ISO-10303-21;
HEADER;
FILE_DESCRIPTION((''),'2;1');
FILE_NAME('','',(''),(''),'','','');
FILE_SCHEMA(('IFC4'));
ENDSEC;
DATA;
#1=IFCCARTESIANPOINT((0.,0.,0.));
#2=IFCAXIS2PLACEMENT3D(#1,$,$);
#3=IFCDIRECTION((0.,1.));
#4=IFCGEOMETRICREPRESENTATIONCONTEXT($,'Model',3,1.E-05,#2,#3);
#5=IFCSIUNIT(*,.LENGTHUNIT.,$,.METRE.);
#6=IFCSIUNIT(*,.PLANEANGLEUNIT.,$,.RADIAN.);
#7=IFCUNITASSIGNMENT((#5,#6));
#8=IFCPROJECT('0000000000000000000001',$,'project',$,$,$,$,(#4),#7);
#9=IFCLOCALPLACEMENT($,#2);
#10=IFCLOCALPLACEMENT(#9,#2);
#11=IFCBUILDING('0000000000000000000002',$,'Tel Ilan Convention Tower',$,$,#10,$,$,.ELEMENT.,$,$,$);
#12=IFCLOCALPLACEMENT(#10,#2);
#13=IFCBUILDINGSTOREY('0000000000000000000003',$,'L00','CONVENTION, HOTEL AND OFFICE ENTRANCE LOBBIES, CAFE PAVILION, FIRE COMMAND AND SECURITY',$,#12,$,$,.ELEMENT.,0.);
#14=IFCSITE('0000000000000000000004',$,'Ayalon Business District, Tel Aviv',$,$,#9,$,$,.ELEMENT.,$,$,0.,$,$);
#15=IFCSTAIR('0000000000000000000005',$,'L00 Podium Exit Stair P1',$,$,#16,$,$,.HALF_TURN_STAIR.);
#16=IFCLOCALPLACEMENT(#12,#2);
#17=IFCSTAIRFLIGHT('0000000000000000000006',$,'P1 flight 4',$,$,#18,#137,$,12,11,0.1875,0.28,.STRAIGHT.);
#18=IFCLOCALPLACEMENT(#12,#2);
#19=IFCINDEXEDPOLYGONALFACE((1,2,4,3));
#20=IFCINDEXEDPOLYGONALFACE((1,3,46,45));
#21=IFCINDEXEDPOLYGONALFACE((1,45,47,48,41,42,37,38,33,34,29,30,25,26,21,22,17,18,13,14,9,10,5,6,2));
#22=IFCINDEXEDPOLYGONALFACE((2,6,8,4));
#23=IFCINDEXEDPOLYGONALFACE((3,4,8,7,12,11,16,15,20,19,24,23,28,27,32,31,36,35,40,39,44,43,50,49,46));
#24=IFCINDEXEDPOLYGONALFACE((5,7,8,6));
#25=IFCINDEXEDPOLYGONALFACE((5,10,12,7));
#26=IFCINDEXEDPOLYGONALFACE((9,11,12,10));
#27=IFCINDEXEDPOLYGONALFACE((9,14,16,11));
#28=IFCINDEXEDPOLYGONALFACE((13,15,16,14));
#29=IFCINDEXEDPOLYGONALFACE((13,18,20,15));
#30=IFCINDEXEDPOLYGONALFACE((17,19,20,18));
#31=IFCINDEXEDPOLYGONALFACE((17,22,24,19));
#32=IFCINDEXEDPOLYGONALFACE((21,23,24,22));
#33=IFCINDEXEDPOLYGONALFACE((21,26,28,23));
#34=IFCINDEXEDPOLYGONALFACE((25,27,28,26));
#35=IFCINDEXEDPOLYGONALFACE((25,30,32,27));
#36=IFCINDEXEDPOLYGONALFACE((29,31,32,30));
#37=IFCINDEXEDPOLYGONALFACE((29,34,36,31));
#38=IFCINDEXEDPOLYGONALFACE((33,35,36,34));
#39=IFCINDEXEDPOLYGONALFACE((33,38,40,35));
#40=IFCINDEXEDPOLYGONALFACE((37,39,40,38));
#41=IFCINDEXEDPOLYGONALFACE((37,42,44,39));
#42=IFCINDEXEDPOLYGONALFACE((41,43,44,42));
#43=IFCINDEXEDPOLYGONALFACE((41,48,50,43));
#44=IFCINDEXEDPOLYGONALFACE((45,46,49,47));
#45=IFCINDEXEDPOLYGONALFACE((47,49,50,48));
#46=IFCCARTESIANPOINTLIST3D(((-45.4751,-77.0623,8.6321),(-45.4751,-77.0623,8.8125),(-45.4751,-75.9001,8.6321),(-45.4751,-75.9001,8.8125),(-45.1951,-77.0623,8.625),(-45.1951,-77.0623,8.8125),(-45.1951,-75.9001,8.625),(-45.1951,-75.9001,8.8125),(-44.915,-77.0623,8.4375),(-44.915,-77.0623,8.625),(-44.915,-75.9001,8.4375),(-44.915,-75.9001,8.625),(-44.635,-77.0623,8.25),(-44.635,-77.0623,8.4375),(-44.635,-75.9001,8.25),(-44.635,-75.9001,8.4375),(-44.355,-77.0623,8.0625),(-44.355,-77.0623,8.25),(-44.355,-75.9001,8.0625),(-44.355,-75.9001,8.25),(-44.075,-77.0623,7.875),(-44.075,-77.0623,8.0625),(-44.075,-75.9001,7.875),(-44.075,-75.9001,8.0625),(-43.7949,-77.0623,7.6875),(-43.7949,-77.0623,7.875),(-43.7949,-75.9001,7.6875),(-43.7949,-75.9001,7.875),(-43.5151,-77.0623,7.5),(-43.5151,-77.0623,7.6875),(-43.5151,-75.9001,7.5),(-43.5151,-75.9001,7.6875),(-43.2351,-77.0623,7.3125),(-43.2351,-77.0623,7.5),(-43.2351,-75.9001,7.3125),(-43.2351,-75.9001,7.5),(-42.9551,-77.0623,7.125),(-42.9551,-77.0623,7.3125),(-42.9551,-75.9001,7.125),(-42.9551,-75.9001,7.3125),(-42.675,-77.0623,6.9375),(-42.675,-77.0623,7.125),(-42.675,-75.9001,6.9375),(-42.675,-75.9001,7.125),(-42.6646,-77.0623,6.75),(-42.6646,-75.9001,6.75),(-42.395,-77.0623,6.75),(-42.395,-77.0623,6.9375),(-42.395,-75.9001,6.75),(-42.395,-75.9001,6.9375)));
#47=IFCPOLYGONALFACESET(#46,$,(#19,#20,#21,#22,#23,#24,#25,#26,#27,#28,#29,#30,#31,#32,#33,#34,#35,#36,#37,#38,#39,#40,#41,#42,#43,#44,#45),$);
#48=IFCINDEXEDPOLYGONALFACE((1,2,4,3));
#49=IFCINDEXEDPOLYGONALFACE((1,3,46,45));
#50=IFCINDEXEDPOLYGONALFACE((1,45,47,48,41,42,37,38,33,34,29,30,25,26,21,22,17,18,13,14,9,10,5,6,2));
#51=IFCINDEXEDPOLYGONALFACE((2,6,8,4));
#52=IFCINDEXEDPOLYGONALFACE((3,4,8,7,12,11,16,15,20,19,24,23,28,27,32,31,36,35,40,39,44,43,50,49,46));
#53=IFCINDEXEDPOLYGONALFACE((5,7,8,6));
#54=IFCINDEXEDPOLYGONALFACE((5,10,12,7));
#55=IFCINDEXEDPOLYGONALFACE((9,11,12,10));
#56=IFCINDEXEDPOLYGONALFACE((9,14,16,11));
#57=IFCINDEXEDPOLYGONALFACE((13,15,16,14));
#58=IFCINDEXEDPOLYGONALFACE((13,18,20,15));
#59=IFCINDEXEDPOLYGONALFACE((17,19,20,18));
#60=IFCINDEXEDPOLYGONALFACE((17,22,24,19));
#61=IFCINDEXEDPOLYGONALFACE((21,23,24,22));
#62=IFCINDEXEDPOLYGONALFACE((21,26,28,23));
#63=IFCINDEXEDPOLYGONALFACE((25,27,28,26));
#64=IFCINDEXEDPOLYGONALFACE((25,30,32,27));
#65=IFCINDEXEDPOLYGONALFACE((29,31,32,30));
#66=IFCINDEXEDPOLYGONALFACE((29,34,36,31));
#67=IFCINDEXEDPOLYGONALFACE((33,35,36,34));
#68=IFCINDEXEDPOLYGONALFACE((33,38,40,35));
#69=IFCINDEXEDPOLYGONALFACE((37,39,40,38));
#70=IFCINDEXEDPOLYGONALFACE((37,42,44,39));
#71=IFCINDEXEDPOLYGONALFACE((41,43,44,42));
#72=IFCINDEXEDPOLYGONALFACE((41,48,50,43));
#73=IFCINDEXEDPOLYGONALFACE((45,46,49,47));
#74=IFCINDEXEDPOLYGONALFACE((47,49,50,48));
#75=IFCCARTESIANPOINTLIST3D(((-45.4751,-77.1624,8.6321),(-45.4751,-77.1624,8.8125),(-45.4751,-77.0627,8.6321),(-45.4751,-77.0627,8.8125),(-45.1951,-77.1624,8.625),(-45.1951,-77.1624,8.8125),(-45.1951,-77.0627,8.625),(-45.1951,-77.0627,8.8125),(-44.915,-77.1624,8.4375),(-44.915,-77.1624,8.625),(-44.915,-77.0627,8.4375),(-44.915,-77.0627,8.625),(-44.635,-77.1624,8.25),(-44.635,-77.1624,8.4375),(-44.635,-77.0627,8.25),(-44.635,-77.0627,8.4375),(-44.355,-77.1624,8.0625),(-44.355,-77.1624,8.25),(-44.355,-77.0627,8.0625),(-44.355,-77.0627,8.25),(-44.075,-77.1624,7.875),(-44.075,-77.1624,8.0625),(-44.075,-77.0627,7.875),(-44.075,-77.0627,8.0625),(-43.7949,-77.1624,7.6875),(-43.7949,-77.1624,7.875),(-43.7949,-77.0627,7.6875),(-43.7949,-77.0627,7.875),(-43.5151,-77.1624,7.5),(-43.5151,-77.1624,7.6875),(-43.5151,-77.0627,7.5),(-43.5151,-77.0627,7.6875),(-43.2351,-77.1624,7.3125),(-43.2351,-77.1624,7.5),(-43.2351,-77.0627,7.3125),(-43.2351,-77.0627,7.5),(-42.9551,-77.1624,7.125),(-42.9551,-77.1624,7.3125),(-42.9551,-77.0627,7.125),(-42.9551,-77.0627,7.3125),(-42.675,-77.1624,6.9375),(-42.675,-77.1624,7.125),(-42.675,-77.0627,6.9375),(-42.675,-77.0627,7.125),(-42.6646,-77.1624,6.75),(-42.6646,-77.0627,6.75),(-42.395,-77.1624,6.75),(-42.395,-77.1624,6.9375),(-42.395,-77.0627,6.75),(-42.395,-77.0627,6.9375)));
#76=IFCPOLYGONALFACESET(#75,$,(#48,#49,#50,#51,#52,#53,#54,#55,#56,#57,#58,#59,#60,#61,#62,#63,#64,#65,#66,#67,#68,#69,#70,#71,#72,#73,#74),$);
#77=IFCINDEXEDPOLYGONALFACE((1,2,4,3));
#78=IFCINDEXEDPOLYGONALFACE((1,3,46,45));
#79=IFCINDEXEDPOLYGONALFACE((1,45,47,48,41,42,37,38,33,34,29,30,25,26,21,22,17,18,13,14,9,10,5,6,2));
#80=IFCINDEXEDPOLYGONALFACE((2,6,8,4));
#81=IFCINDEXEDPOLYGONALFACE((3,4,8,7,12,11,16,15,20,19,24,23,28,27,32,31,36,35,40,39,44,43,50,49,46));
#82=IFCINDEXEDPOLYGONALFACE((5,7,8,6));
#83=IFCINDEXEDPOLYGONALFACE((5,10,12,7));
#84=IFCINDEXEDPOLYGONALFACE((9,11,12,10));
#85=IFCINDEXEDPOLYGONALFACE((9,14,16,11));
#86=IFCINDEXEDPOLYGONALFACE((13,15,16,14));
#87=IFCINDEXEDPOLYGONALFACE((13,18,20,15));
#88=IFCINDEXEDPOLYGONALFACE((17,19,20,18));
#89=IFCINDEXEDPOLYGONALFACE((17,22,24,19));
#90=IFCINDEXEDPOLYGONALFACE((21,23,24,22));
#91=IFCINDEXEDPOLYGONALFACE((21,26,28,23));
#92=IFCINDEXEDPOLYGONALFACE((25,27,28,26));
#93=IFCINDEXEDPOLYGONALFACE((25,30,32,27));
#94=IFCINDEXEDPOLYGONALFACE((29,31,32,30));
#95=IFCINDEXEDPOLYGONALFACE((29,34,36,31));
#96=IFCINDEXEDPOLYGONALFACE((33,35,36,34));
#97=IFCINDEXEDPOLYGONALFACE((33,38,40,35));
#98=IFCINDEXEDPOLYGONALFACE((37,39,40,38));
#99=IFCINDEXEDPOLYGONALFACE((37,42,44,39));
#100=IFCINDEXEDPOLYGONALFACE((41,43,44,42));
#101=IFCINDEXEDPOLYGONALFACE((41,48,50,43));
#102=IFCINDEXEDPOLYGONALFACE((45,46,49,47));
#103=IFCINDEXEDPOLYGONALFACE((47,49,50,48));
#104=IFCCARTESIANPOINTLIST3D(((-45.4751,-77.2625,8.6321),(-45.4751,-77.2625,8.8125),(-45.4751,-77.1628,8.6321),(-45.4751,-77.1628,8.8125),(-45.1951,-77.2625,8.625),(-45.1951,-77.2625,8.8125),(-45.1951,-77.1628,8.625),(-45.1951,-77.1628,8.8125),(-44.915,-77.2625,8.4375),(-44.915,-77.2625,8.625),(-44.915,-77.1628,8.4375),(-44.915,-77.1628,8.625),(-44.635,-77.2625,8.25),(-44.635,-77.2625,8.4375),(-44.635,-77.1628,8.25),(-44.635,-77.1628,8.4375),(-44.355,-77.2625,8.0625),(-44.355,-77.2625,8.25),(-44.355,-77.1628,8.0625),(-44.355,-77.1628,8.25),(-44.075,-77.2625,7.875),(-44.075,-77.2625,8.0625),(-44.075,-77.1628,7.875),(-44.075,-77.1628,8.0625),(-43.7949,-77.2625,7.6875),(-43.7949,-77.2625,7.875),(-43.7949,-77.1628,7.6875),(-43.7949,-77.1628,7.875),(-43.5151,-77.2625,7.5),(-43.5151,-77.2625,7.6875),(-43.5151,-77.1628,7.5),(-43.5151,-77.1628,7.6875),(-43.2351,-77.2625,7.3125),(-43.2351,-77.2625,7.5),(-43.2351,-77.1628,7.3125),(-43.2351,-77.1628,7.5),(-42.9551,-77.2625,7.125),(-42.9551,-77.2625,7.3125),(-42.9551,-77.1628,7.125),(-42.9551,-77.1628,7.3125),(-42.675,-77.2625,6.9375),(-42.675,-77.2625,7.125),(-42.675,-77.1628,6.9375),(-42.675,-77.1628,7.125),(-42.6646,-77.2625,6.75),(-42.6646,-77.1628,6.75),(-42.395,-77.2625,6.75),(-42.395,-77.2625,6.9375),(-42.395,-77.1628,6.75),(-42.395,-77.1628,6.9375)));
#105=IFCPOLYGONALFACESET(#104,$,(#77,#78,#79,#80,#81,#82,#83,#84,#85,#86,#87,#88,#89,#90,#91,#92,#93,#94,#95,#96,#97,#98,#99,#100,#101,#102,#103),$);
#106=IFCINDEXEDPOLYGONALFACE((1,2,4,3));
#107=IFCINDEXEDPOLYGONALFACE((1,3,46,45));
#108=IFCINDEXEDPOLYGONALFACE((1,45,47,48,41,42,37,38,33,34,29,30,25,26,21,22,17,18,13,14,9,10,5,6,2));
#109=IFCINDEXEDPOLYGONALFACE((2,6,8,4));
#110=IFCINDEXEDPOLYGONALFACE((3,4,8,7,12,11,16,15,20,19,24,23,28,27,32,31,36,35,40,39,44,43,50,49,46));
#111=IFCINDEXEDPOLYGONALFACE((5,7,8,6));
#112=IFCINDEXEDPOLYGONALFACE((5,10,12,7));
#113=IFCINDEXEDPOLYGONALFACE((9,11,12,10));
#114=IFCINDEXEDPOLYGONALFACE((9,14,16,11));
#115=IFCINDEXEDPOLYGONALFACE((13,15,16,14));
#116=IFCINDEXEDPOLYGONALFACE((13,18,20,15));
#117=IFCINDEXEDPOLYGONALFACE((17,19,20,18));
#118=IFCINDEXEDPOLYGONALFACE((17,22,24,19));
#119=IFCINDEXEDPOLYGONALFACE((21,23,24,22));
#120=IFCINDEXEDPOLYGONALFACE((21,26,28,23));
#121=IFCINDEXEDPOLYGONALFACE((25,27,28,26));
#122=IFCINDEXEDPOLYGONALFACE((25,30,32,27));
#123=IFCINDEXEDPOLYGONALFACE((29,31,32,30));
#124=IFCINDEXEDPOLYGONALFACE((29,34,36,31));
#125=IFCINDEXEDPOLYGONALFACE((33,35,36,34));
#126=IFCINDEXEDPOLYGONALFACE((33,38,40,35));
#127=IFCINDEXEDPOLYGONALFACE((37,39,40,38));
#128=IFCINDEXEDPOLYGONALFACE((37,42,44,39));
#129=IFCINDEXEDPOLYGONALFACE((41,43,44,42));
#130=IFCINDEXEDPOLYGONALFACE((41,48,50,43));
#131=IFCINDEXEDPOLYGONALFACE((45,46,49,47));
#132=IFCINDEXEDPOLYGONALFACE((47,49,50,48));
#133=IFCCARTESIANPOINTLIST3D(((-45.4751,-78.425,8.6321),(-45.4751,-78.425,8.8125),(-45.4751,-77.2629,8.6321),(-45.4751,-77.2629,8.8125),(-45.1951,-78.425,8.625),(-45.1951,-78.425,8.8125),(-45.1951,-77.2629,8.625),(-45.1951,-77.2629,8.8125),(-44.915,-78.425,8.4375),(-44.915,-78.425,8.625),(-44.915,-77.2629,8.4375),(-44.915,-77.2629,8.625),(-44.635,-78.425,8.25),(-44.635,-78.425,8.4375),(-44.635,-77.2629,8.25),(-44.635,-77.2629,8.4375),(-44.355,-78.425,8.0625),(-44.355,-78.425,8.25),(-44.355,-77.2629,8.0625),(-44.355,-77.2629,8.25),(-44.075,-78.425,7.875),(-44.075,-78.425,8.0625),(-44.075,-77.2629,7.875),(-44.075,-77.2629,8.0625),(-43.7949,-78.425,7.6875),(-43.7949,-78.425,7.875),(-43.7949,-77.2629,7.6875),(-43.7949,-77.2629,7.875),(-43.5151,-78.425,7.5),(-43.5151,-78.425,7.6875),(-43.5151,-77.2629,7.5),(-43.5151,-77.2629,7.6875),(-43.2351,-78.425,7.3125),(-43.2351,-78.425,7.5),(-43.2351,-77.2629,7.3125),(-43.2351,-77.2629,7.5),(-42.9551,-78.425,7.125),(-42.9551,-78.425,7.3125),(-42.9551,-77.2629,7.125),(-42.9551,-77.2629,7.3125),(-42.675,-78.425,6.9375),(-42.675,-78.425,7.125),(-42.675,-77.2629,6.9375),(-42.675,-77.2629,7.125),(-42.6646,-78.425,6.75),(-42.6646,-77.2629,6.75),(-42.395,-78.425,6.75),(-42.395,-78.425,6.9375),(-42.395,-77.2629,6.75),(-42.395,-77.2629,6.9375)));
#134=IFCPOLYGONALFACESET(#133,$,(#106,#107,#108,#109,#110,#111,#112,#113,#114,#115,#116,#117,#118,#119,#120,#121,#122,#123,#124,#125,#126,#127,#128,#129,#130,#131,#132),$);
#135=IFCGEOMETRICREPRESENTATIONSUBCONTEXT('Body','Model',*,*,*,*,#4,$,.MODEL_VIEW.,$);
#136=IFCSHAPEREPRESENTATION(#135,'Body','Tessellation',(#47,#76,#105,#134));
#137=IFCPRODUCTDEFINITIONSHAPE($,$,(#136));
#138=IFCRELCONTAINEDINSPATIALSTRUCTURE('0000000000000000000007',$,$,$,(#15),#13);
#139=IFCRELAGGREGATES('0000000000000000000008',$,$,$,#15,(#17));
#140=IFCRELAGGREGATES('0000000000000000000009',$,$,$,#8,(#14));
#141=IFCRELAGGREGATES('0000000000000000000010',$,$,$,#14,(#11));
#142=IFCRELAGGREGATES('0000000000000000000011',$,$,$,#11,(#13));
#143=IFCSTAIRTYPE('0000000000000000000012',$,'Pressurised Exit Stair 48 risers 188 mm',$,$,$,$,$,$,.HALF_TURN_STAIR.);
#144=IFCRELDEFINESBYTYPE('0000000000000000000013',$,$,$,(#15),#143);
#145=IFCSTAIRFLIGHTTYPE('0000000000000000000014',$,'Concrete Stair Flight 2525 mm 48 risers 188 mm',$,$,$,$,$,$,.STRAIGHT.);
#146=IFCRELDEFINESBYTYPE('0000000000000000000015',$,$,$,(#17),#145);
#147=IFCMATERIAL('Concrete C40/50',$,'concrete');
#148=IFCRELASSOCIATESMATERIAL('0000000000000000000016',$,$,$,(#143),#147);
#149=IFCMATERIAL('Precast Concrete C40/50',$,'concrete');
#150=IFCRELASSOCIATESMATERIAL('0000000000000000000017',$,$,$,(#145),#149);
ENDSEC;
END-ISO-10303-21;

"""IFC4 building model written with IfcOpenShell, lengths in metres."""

from ifc_helpers import new_model, si_unit, direction, frame, origin, place, context, subcontext, project, spatial, polyline, outline, extrude, material, type_object, element, aggregate, save


model = new_model("IFC4")

# Units and contexts
model_context = context("Model", 3, precision=1e-05, world=origin(), true_north=direction((0.0, 1.0)))
body_context = subcontext(model_context, "Body", "Model", "MODEL_VIEW")
ifc_project = project(units=[si_unit("LENGTHUNIT", "METRE"), si_unit("PLANEANGLEUNIT", "RADIAN")], contexts=[model_context])

# Site, building, storey
site_placement = place(None, origin())
site = spatial("IfcSite", under=ifc_project, at=site_placement, Name="Ayalon Business District, Tel Aviv", CompositionType="ELEMENT", RefElevation=0.0)
building_placement = place(site_placement, origin())
building = spatial("IfcBuilding", under=site, at=building_placement, Name="Tel Ilan Convention Tower", CompositionType="ELEMENT")
storey_placement = place(building_placement, origin())
storey = spatial("IfcBuildingStorey", under=building, at=storey_placement, Name="L00", Description="CONVENTION, HOTEL AND OFFICE ENTRANCE LOBBIES, CAFE PAVILION, FIRE COMMAND AND SECURITY", CompositionType="ELEMENT", Elevation=0.0)

# Stair, stair flight
ifc_material_1 = material(Name="Concrete C40/50", Category="concrete")
stair_type = type_object("IfcStairType", Name="Pressurised Exit Stair 48 risers 188 mm", PredefinedType="HALF_TURN_STAIR", material=ifc_material_1)
stair_1_placement = place(storey_placement, origin())
stair_1 = element("IfcStair", 1, at=stair_1_placement, inside=storey, type_object=stair_type, Name="L00 Podium Exit Stair P1", PredefinedType="HALF_TURN_STAIR")
ifc_material_2 = material(Name="Precast Concrete C40/50", Category="concrete")
stair_flight_type = type_object("IfcStairFlightType", Name="Concrete Stair Flight 2525 mm 48 risers 188 mm", PredefinedType="STRAIGHT", material=ifc_material_2)
stair_flight_1_placement = place(storey_placement, frame((-42.395, -77.1626, 6.75), z_axis=(0.0, 0.0, 1.0), x_axis=(-1.0, 0.0, 0.0)))
stair_flight_1 = element("IfcStairFlight", 2, at=stair_flight_1_placement, type_object=stair_flight_type, Name="P1 flight 4", NumberOfRisers=12, NumberOfTreads=11, PredefinedType="STRAIGHT", RiserHeight=0.1875, TreadLength=0.28, context=body_context, shape_type="SweptSolid", body=[
    extrude(outline(polyline([(0.0, 0.0), (0.0, 0.1875), (0.28, 0.1875), (0.28, 0.375), (0.5601, 0.375), (0.5601, 0.5625), (0.8401, 0.5625), (0.8401, 0.75), (1.1201, 0.75), (1.1201, 0.9375), (1.3999, 0.9375), (1.3999, 1.125), (1.6799, 1.125), (1.6799, 1.3125), (1.96, 1.3125), (1.96, 1.5), (2.24, 1.5), (2.24, 1.6875), (2.52, 1.6875), (2.52, 1.875), (2.8, 1.875), (2.8, 2.0625), (3.0801, 2.0625), (3.0801, 2.25), (3.0801, 1.8821), (0.2695, 0.0), (0.0, 0.0)])), frame((0.0, -0.1003, 0.0), z_axis=(0.0, -1.0, 0.0), x_axis=(1.0, 0.0, 0.0)), (0.0, 0.0, 1.0), 1.1621),
    extrude(outline(polyline([(0.0, 0.0), (0.0, 0.1875), (0.28, 0.1875), (0.28, 0.375), (0.5601, 0.375), (0.5601, 0.5625), (0.8401, 0.5625), (0.8401, 0.75), (1.1201, 0.75), (1.1201, 0.9375), (1.3999, 0.9375), (1.3999, 1.125), (1.6799, 1.125), (1.6799, 1.3125), (1.96, 1.3125), (1.96, 1.5), (2.24, 1.5), (2.24, 1.6875), (2.52, 1.6875), (2.52, 1.875), (2.8, 1.875), (2.8, 2.0625), (3.0801, 2.0625), (3.0801, 2.25), (3.0801, 1.8821), (0.2695, 0.0), (0.0, 0.0)])), frame((0.0, -0.0002, 0.0), z_axis=(0.0, -1.0, 0.0), x_axis=(1.0, 0.0, 0.0)), (0.0, 0.0, 1.0), 0.0996),
    extrude(outline(polyline([(0.0, 0.0), (0.0, 0.1875), (0.28, 0.1875), (0.28, 0.375), (0.5601, 0.375), (0.5601, 0.5625), (0.8401, 0.5625), (0.8401, 0.75), (1.1201, 0.75), (1.1201, 0.9375), (1.3999, 0.9375), (1.3999, 1.125), (1.6799, 1.125), (1.6799, 1.3125), (1.96, 1.3125), (1.96, 1.5), (2.24, 1.5), (2.24, 1.6875), (2.52, 1.6875), (2.52, 1.875), (2.8, 1.875), (2.8, 2.0625), (3.0801, 2.0625), (3.0801, 2.25), (3.0801, 1.8821), (0.2695, 0.0), (0.0, 0.0)])), frame((0.0, 0.0999, 0.0), z_axis=(0.0, -1.0, 0.0), x_axis=(1.0, 0.0, 0.0)), (0.0, 0.0, 1.0), 0.0996),
    extrude(outline(polyline([(0.0, 0.0), (0.0, 0.1875), (0.28, 0.1875), (0.28, 0.375), (0.5601, 0.375), (0.5601, 0.5625), (0.8401, 0.5625), (0.8401, 0.75), (1.1201, 0.75), (1.1201, 0.9375), (1.3999, 0.9375), (1.3999, 1.125), (1.6799, 1.125), (1.6799, 1.3125), (1.96, 1.3125), (1.96, 1.5), (2.24, 1.5), (2.24, 1.6875), (2.52, 1.6875), (2.52, 1.875), (2.8, 1.875), (2.8, 2.0625), (3.0801, 2.0625), (3.0801, 2.25), (3.0801, 1.8821), (0.2695, 0.0), (0.0, 0.0)])), frame((0.0, 1.2625, 0.0), z_axis=(0.0, -1.0, 0.0), x_axis=(1.0, 0.0, 0.0)), (0.0, 0.0, 1.0), 1.1621),
])
aggregate(stair_1, [stair_flight_1])

save(model, "model.ifc")
